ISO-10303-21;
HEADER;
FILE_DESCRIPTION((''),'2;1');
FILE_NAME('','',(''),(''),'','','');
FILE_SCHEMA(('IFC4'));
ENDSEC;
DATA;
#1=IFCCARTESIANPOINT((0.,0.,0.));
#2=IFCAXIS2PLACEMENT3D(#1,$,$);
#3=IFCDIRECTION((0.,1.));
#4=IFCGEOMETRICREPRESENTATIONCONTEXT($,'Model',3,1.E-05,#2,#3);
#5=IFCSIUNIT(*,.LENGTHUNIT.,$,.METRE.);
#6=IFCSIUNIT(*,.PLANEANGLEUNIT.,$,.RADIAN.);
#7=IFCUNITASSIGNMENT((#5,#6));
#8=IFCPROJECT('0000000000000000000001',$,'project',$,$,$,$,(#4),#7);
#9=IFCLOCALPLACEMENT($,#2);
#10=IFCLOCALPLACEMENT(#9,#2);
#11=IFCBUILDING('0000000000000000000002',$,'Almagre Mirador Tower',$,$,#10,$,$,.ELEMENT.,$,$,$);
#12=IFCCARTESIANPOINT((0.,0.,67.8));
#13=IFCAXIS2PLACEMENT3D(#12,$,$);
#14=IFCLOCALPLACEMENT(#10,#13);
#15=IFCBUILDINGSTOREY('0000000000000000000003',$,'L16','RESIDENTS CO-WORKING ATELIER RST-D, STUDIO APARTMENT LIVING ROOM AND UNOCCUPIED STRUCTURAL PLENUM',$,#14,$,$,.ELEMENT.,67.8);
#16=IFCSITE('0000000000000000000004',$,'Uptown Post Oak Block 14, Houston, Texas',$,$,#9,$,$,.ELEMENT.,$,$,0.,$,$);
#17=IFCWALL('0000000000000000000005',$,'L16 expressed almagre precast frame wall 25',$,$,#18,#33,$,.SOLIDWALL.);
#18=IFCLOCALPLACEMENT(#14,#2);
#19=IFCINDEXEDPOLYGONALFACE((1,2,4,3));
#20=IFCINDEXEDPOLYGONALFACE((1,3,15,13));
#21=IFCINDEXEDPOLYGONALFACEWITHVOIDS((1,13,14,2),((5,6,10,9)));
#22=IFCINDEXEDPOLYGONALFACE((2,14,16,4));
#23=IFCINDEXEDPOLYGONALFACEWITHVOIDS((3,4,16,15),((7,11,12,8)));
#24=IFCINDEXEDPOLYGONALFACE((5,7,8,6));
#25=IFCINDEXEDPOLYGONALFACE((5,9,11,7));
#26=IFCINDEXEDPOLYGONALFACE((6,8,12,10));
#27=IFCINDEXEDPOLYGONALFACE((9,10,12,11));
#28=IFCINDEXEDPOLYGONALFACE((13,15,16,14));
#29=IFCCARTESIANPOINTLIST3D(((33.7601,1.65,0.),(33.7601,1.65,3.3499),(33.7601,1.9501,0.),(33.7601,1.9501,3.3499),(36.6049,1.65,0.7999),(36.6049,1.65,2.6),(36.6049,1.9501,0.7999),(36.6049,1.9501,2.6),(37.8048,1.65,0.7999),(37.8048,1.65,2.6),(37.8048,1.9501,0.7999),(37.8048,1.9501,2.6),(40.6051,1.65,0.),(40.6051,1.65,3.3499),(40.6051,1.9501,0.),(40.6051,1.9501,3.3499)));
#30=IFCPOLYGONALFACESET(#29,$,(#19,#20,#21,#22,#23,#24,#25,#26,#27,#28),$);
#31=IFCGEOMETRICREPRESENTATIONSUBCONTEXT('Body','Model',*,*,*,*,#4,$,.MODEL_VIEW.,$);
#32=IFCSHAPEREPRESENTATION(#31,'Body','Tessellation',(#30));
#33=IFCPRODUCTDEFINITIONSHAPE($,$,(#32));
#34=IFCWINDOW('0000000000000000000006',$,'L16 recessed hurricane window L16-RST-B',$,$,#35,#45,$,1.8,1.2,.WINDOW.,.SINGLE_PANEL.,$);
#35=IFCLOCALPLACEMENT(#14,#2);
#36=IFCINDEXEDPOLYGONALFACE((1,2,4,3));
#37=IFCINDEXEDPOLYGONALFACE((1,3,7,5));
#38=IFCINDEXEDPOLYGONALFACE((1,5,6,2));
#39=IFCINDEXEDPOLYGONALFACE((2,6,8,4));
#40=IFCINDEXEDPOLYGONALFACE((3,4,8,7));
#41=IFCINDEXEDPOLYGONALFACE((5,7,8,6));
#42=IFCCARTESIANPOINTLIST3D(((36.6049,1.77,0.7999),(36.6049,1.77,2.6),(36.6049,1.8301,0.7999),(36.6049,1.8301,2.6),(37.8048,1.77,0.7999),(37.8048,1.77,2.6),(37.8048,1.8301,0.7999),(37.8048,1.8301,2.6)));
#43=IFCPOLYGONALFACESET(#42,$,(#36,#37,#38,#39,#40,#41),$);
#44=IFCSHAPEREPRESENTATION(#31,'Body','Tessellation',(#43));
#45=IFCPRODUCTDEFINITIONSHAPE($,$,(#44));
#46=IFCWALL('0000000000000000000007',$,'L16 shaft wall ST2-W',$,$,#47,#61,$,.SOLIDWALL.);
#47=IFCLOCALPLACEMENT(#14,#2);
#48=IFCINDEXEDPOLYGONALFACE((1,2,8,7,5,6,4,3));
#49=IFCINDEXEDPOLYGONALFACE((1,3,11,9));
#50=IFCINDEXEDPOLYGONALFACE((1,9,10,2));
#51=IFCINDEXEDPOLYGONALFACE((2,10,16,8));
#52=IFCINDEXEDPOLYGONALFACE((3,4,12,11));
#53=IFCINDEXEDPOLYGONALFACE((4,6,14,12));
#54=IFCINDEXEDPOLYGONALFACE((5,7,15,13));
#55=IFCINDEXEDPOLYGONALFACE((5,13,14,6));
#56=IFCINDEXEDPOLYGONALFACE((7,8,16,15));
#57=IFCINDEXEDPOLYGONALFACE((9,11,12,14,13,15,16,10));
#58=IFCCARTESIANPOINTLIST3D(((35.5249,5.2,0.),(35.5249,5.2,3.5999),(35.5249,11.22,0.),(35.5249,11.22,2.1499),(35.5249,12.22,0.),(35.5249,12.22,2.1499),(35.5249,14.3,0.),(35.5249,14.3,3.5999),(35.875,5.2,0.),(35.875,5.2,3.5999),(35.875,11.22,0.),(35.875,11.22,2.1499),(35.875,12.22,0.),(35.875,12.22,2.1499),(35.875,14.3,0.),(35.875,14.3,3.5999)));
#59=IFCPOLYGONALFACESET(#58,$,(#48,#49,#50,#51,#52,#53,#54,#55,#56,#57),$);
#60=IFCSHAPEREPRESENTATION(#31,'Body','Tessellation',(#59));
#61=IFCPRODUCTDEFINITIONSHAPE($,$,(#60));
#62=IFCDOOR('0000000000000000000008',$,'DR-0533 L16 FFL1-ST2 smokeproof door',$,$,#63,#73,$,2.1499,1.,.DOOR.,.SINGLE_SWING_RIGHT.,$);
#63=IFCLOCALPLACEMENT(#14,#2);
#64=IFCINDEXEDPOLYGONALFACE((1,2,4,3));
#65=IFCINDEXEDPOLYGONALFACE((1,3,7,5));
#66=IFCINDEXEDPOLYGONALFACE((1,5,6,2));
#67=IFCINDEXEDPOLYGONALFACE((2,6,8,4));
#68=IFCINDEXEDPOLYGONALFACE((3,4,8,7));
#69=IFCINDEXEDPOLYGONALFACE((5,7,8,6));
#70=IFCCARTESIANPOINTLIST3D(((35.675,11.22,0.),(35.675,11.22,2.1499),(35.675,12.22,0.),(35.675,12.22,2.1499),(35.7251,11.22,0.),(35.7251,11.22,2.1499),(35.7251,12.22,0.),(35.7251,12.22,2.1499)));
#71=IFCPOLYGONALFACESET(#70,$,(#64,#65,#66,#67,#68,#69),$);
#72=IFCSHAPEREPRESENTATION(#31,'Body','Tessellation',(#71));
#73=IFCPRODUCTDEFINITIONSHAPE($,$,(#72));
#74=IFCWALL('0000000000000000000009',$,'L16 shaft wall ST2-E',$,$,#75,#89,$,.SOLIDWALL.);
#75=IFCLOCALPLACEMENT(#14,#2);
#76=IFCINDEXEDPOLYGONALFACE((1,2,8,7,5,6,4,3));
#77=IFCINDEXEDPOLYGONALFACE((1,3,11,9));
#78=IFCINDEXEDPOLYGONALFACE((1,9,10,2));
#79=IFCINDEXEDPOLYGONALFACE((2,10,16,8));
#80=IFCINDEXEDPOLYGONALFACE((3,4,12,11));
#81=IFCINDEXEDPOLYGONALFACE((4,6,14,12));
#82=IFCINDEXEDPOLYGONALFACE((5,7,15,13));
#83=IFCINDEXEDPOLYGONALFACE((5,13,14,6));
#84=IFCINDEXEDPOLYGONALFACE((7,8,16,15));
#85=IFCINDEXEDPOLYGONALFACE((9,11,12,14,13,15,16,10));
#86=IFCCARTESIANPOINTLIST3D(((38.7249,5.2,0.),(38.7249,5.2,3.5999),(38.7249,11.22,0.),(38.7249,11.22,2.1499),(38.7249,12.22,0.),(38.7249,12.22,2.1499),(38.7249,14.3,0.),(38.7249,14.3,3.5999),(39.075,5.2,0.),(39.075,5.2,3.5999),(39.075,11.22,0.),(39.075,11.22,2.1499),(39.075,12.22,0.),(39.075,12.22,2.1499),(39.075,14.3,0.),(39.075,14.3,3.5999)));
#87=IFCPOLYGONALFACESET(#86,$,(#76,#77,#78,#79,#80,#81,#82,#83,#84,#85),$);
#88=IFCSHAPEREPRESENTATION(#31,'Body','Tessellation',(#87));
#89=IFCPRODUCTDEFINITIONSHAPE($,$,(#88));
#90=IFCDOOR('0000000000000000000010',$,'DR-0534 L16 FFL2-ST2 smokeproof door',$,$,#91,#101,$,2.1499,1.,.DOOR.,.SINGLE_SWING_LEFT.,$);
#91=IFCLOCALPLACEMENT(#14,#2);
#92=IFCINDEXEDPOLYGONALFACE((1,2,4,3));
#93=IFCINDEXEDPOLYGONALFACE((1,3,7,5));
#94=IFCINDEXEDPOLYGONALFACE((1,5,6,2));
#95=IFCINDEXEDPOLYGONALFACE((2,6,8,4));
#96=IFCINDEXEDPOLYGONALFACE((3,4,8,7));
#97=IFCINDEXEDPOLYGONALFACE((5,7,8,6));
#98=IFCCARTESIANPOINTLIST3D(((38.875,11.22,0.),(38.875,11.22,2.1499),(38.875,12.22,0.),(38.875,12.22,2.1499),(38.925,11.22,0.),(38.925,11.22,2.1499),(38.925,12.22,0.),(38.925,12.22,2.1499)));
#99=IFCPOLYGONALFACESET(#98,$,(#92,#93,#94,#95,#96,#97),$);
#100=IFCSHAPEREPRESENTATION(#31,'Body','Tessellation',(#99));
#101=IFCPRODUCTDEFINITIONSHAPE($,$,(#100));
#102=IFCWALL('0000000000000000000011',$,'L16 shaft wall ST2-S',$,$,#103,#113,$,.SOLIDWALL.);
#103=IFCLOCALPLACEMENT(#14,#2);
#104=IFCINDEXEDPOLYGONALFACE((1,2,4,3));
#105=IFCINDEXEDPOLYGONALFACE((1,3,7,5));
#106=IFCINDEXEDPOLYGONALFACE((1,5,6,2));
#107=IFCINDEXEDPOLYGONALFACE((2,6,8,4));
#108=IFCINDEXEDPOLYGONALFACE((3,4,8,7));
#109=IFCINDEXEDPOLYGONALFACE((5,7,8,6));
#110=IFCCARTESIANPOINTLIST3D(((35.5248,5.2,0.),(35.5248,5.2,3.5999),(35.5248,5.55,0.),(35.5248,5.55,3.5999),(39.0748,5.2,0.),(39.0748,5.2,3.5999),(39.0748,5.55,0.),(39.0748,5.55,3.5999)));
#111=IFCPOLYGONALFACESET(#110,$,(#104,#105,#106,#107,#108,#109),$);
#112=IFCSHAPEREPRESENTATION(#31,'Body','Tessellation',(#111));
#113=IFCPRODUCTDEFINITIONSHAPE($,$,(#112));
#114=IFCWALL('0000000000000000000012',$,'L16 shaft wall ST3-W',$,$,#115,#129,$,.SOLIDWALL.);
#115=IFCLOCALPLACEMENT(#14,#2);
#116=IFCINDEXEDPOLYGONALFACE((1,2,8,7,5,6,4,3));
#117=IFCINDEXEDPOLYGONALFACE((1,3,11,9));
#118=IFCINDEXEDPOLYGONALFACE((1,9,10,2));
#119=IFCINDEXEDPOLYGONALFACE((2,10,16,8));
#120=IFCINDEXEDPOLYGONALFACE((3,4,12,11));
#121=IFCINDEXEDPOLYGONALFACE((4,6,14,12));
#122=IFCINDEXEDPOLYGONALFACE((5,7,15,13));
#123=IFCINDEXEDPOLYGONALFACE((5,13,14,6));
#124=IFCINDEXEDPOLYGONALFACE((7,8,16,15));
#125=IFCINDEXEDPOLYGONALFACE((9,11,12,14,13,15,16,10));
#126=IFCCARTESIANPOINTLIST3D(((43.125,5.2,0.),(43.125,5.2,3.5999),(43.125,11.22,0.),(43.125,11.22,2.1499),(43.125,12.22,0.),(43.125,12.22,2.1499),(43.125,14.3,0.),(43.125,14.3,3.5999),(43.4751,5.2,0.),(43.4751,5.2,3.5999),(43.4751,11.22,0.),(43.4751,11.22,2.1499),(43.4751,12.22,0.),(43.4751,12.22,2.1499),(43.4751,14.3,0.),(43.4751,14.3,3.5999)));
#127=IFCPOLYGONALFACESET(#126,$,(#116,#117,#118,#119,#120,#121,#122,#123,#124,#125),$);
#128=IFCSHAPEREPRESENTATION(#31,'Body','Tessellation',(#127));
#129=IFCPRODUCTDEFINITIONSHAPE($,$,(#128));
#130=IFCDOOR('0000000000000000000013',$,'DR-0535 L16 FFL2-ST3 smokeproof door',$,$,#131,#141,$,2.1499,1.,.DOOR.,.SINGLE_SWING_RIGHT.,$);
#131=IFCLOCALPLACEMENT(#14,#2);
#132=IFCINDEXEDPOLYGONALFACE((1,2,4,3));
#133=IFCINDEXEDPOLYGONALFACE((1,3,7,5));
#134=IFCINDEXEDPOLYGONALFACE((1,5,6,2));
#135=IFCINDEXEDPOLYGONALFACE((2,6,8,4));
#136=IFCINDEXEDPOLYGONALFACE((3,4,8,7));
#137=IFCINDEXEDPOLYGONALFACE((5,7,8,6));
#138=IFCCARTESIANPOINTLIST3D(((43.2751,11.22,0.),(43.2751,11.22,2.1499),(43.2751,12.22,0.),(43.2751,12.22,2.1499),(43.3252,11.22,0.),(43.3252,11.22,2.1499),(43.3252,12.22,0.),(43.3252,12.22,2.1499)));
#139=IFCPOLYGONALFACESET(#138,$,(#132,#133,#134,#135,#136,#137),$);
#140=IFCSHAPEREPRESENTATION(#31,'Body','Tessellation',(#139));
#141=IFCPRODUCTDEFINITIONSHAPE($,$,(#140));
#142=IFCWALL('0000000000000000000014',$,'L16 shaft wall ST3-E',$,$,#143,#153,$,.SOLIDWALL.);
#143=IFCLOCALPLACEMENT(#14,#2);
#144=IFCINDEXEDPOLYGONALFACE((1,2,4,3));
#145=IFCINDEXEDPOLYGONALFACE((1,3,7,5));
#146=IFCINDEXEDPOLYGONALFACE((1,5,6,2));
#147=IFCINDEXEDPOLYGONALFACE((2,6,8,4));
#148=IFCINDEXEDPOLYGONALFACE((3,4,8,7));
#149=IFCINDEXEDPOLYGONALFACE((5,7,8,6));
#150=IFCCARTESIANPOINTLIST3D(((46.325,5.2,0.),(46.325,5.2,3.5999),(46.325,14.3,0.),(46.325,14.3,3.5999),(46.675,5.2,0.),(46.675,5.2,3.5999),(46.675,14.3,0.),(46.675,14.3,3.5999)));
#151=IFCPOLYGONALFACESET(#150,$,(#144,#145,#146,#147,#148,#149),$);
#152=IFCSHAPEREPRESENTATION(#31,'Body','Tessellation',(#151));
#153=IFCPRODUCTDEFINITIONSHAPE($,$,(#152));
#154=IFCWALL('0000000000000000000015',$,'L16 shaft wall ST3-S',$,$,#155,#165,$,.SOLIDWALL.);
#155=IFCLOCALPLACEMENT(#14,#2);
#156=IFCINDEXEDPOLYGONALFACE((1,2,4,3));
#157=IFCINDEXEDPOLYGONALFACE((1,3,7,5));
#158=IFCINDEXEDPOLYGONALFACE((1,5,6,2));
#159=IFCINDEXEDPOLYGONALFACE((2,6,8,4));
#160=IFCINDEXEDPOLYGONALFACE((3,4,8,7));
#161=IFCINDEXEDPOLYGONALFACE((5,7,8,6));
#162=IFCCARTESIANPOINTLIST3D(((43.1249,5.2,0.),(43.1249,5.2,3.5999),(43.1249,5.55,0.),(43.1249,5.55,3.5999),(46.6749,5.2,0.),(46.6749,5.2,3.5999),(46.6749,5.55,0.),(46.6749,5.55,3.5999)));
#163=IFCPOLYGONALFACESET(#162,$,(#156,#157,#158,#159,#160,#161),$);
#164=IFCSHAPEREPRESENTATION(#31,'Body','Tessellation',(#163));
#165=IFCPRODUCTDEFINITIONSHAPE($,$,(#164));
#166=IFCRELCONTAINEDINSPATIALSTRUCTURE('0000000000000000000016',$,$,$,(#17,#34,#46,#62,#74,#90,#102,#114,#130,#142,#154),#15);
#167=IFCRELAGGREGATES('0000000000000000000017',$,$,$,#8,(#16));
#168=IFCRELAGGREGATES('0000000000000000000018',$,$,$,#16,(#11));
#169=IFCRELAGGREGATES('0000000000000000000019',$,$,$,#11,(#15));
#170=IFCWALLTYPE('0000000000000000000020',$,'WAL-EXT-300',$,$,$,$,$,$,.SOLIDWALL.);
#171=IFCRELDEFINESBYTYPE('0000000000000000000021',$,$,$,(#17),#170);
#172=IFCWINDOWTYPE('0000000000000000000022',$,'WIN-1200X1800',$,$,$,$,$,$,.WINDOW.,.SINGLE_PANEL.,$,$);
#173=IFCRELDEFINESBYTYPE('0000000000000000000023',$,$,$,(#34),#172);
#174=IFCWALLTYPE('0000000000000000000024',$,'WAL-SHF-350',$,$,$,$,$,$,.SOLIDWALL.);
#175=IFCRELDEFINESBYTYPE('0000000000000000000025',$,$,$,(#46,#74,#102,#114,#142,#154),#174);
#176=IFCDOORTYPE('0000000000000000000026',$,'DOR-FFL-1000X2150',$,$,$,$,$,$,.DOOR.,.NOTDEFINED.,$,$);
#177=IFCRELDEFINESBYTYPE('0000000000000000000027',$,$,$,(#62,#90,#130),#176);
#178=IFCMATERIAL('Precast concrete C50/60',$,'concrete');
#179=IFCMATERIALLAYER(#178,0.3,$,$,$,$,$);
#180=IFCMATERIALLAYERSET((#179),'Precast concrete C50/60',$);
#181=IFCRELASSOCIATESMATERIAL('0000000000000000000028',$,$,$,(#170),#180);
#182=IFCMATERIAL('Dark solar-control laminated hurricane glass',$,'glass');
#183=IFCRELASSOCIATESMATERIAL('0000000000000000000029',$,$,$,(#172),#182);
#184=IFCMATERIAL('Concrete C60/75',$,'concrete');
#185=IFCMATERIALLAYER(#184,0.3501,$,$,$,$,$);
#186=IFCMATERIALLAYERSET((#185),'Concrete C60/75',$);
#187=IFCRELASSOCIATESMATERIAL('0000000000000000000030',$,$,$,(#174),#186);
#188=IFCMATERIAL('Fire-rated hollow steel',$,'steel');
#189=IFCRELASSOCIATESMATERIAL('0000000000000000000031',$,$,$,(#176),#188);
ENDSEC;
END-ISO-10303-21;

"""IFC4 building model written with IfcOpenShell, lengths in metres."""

from ifc_helpers import new_model, si_unit, direction, frame, frame_2d, origin, place, context, subcontext, project, spatial, rectangle, extrude, material, layer, layer_set, type_object, element, fill, save


model = new_model("IFC4")

# Units and contexts
model_context = context("Model", 3, precision=1e-05, world=origin(), true_north=direction((0.0, 1.0)))
body_context = subcontext(model_context, "Body", "Model", "MODEL_VIEW")
ifc_project = project(units=[si_unit("LENGTHUNIT", "METRE"), si_unit("PLANEANGLEUNIT", "RADIAN")], contexts=[model_context])

# Site, building, storey
site_placement = place(None, origin())
site = spatial("IfcSite", under=ifc_project, at=site_placement, Name="Uptown Post Oak Block 14, Houston, Texas", CompositionType="ELEMENT", RefElevation=0.0)
building_placement = place(site_placement, origin())
building = spatial("IfcBuilding", under=site, at=building_placement, Name="Almagre Mirador Tower", CompositionType="ELEMENT")
storey_placement = place(building_placement, frame((0.0, 0.0, 67.8)))
storey = spatial("IfcBuildingStorey", under=building, at=storey_placement, Name="L16", Description="RESIDENTS CO-WORKING ATELIER RST-D, STUDIO APARTMENT LIVING ROOM AND UNOCCUPIED STRUCTURAL PLENUM", CompositionType="ELEMENT", Elevation=67.8)

# Wall, opening, window
ifc_material_1 = material(Name="Precast concrete C50/60", Category="concrete")
ifc_layer_1 = layer(ifc_material_1, 0.3)
ifc_layer_set_1 = layer_set([ifc_layer_1], Name="Precast concrete C50/60")
wall_type_1 = type_object("IfcWallType", Name="WAL-EXT-300", PredefinedType="SOLIDWALL", material=ifc_layer_set_1)
wall_1_placement = place(storey_placement, frame((40.605, 1.8, 0.0), z_axis=(0.0, 0.0, 1.0), x_axis=(-1.0, 0.0, 0.0)))
wall_1 = element("IfcWall", 1, at=wall_1_placement, inside=storey, type_object=wall_type_1, Name="L16 expressed almagre precast frame wall 25", PredefinedType="SOLIDWALL", context=body_context, shape_type="SweptSolid", body=[
    extrude(rectangle(XDim=6.845, YDim=0.3, at=frame_2d((3.4224, 0.0))), origin(), (0.0, 0.0, 1.0), 3.3499),
])
opening_1_placement = place(wall_1_placement, frame((2.8, 0.0, 0.8)))
opening_1 = element("IfcOpeningElement", 2, at=opening_1_placement, cuts=wall_1, PredefinedType="OPENING", context=body_context, shape_type="SweptSolid", body=[
    extrude(rectangle(XDim=1.2, YDim=1.8, at=frame_2d((0.6001, 0.8999))), frame((0.0, 0.1599, 0.0), z_axis=(0.0, -1.0, 0.0), x_axis=(1.0, 0.0, 0.0)), (0.0, 0.0, 1.0), 0.32),
])
ifc_material_2 = material(Name="Dark solar-control laminated hurricane glass", Category="glass")
window_type = type_object("IfcWindowType", Name="WIN-1200X1800", PartitioningType="SINGLE_PANEL", PredefinedType="WINDOW", material=ifc_material_2)
window_placement = place(opening_1_placement, origin())
window = element("IfcWindow", 3, at=window_placement, inside=storey, type_object=window_type, Name="L16 recessed hurricane window L16-RST-B", OverallHeight=1.8, OverallWidth=1.2, PartitioningType="SINGLE_PANEL", PredefinedType="WINDOW", context=body_context, shape_type="SweptSolid", body=[
    extrude(rectangle(XDim=1.2, YDim=1.8, at=frame_2d((0.6001, 0.8999))), frame((0.0, 0.03, 0.0), z_axis=(0.0, -1.0, 0.0), x_axis=(1.0, 0.0, 0.0)), (0.0, 0.0, 1.0), 0.0601),
])
fill(opening_1, window)

# Walls, openings, doors
ifc_material_3 = material(Name="Concrete C60/75", Category="concrete")
ifc_layer_2 = layer(ifc_material_3, 0.3501)
ifc_layer_set_2 = layer_set([ifc_layer_2], Name="Concrete C60/75")
wall_type_2 = type_object("IfcWallType", Name="WAL-SHF-350", PredefinedType="SOLIDWALL", material=ifc_layer_set_2)
wall_2_placement = place(storey_placement, frame((35.7, 5.2, 0.0), z_axis=(0.0, 0.0, 1.0), x_axis=(0.0, 1.0, 0.0)))
wall_2 = element("IfcWall", 4, at=wall_2_placement, inside=storey, type_object=wall_type_2, Name="L16 shaft wall ST2-W", PredefinedType="SOLIDWALL", context=body_context, shape_type="SweptSolid", body=[
    extrude(rectangle(XDim=9.1001, YDim=0.3501, at=frame_2d((4.55, 0.0))), origin(), (0.0, 0.0, 1.0), 3.5999),
])
opening_2_placement = place(wall_2_placement, frame((6.02, 0.0, 0.0)))
opening_2 = element("IfcOpeningElement", 5, at=opening_2_placement, cuts=wall_2, PredefinedType="OPENING", context=body_context, shape_type="SweptSolid", body=[
    extrude(rectangle(XDim=1.0, YDim=2.1499, at=frame_2d((0.5, 1.075))), frame((0.0, 0.185, 0.0), z_axis=(0.0, -1.0, 0.0), x_axis=(1.0, 0.0, 0.0)), (0.0, 0.0, 1.0), 0.3701),
])
ifc_material_4 = material(Name="Fire-rated hollow steel", Category="steel")
door_type_1 = type_object("IfcDoorType", Name="DOR-FFL-1000X2150", OperationType="NOTDEFINED", PredefinedType="DOOR", material=ifc_material_4)
door_1_placement = place(opening_2_placement, origin())
door_1 = element("IfcDoor", 6, at=door_1_placement, inside=storey, type_object=door_type_1, Name="DR-0533 L16 FFL1-ST2 smokeproof door", OperationType="SINGLE_SWING_RIGHT", OverallHeight=2.1499, OverallWidth=1.0, PredefinedType="DOOR", context=body_context, shape_type="SweptSolid", body=[
    extrude(rectangle(XDim=1.0, YDim=2.1499, at=frame_2d((0.5, 1.075))), frame((0.0, 0.0249, 0.0), z_axis=(0.0, -1.0, 0.0), x_axis=(1.0, 0.0, 0.0)), (0.0, 0.0, 1.0), 0.05),
])
fill(opening_2, door_1)
wall_3_placement = place(storey_placement, frame((38.8999, 5.2, 0.0), z_axis=(0.0, 0.0, 1.0), x_axis=(0.0, 1.0, 0.0)))
wall_3 = element("IfcWall", 7, at=wall_3_placement, inside=storey, type_object=wall_type_2, Name="L16 shaft wall ST2-E", PredefinedType="SOLIDWALL", context=body_context, shape_type="SweptSolid", body=[
    extrude(rectangle(XDim=9.1001, YDim=0.3501, at=frame_2d((4.55, 0.0))), origin(), (0.0, 0.0, 1.0), 3.5999),
])
opening_3_placement = place(wall_3_placement, frame((6.02, 0.0, 0.0)))
opening_3 = element("IfcOpeningElement", 8, at=opening_3_placement, cuts=wall_3, PredefinedType="OPENING", context=body_context, shape_type="SweptSolid", body=[
    extrude(rectangle(XDim=1.0, YDim=2.1499, at=frame_2d((0.5, 1.075))), frame((0.0, 0.185, 0.0), z_axis=(0.0, -1.0, 0.0), x_axis=(1.0, 0.0, 0.0)), (0.0, 0.0, 1.0), 0.3701),
])
door_2_placement = place(opening_3_placement, origin())
door_2 = element("IfcDoor", 9, at=door_2_placement, inside=storey, type_object=door_type_1, Name="DR-0534 L16 FFL2-ST2 smokeproof door", OperationType="SINGLE_SWING_LEFT", OverallHeight=2.1499, OverallWidth=1.0, PredefinedType="DOOR", context=body_context, shape_type="SweptSolid", body=[
    extrude(rectangle(XDim=1.0, YDim=2.1499, at=frame_2d((0.5, 1.075))), frame((0.0, 0.0249, 0.0), z_axis=(0.0, -1.0, 0.0), x_axis=(1.0, 0.0, 0.0)), (0.0, 0.0, 1.0), 0.05),
])
fill(opening_3, door_2)

# Wall
wall_4_placement = place(storey_placement, frame((35.5249, 5.375, 0.0), z_axis=(0.0, 0.0, 1.0), x_axis=(1.0, 0.0, 0.0)))
element("IfcWall", 10, at=wall_4_placement, inside=storey, type_object=wall_type_2, Name="L16 shaft wall ST2-S", PredefinedType="SOLIDWALL", context=body_context, shape_type="SweptSolid", body=[
    extrude(rectangle(XDim=3.55, YDim=0.3501, at=frame_2d((1.7749, 0.0))), origin(), (0.0, 0.0, 1.0), 3.5999),
])

# Wall, opening, door
wall_5_placement = place(storey_placement, frame((43.3, 5.2, 0.0), z_axis=(0.0, 0.0, 1.0), x_axis=(0.0, 1.0, 0.0)))
wall_5 = element("IfcWall", 11, at=wall_5_placement, inside=storey, type_object=wall_type_2, Name="L16 shaft wall ST3-W", PredefinedType="SOLIDWALL", context=body_context, shape_type="SweptSolid", body=[
    extrude(rectangle(XDim=9.1001, YDim=0.3501, at=frame_2d((4.55, 0.0))), origin(), (0.0, 0.0, 1.0), 3.5999),
])
opening_4_placement = place(wall_5_placement, frame((6.02, 0.0, 0.0)))
opening_4 = element("IfcOpeningElement", 12, at=opening_4_placement, cuts=wall_5, PredefinedType="OPENING", context=body_context, shape_type="SweptSolid", body=[
    extrude(rectangle(XDim=1.0, YDim=2.1499, at=frame_2d((0.5, 1.075))), frame((0.0, 0.185, 0.0), z_axis=(0.0, -1.0, 0.0), x_axis=(1.0, 0.0, 0.0)), (0.0, 0.0, 1.0), 0.3701),
])
door_3_placement = place(opening_4_placement, origin())
door_3 = element("IfcDoor", 13, at=door_3_placement, inside=storey, type_object=door_type_1, Name="DR-0535 L16 FFL2-ST3 smokeproof door", OperationType="SINGLE_SWING_RIGHT", OverallHeight=2.1499, OverallWidth=1.0, PredefinedType="DOOR", context=body_context, shape_type="SweptSolid", body=[
    extrude(rectangle(XDim=1.0, YDim=2.1499, at=frame_2d((0.5, 1.075))), frame((0.0, 0.0249, 0.0), z_axis=(0.0, -1.0, 0.0), x_axis=(1.0, 0.0, 0.0)), (0.0, 0.0, 1.0), 0.05),
])
fill(opening_4, door_3)

# Walls
wall_6_placement = place(storey_placement, frame((46.5, 5.2, 0.0), z_axis=(0.0, 0.0, 1.0), x_axis=(0.0, 1.0, 0.0)))
element("IfcWall", 14, at=wall_6_placement, inside=storey, type_object=wall_type_2, Name="L16 shaft wall ST3-E", PredefinedType="SOLIDWALL", context=body_context, shape_type="SweptSolid", body=[
    extrude(rectangle(XDim=9.1001, YDim=0.3501, at=frame_2d((4.55, 0.0))), origin(), (0.0, 0.0, 1.0), 3.5999),
])
wall_7_placement = place(storey_placement, frame((43.125, 5.375, 0.0), z_axis=(0.0, 0.0, 1.0), x_axis=(1.0, 0.0, 0.0)))
element("IfcWall", 15, at=wall_7_placement, inside=storey, type_object=wall_type_2, Name="L16 shaft wall ST3-S", PredefinedType="SOLIDWALL", context=body_context, shape_type="SweptSolid", body=[
    extrude(rectangle(XDim=3.55, YDim=0.3501, at=frame_2d((1.7749, 0.0))), origin(), (0.0, 0.0, 1.0), 3.5999),
])

save(model, "model.ifc")
